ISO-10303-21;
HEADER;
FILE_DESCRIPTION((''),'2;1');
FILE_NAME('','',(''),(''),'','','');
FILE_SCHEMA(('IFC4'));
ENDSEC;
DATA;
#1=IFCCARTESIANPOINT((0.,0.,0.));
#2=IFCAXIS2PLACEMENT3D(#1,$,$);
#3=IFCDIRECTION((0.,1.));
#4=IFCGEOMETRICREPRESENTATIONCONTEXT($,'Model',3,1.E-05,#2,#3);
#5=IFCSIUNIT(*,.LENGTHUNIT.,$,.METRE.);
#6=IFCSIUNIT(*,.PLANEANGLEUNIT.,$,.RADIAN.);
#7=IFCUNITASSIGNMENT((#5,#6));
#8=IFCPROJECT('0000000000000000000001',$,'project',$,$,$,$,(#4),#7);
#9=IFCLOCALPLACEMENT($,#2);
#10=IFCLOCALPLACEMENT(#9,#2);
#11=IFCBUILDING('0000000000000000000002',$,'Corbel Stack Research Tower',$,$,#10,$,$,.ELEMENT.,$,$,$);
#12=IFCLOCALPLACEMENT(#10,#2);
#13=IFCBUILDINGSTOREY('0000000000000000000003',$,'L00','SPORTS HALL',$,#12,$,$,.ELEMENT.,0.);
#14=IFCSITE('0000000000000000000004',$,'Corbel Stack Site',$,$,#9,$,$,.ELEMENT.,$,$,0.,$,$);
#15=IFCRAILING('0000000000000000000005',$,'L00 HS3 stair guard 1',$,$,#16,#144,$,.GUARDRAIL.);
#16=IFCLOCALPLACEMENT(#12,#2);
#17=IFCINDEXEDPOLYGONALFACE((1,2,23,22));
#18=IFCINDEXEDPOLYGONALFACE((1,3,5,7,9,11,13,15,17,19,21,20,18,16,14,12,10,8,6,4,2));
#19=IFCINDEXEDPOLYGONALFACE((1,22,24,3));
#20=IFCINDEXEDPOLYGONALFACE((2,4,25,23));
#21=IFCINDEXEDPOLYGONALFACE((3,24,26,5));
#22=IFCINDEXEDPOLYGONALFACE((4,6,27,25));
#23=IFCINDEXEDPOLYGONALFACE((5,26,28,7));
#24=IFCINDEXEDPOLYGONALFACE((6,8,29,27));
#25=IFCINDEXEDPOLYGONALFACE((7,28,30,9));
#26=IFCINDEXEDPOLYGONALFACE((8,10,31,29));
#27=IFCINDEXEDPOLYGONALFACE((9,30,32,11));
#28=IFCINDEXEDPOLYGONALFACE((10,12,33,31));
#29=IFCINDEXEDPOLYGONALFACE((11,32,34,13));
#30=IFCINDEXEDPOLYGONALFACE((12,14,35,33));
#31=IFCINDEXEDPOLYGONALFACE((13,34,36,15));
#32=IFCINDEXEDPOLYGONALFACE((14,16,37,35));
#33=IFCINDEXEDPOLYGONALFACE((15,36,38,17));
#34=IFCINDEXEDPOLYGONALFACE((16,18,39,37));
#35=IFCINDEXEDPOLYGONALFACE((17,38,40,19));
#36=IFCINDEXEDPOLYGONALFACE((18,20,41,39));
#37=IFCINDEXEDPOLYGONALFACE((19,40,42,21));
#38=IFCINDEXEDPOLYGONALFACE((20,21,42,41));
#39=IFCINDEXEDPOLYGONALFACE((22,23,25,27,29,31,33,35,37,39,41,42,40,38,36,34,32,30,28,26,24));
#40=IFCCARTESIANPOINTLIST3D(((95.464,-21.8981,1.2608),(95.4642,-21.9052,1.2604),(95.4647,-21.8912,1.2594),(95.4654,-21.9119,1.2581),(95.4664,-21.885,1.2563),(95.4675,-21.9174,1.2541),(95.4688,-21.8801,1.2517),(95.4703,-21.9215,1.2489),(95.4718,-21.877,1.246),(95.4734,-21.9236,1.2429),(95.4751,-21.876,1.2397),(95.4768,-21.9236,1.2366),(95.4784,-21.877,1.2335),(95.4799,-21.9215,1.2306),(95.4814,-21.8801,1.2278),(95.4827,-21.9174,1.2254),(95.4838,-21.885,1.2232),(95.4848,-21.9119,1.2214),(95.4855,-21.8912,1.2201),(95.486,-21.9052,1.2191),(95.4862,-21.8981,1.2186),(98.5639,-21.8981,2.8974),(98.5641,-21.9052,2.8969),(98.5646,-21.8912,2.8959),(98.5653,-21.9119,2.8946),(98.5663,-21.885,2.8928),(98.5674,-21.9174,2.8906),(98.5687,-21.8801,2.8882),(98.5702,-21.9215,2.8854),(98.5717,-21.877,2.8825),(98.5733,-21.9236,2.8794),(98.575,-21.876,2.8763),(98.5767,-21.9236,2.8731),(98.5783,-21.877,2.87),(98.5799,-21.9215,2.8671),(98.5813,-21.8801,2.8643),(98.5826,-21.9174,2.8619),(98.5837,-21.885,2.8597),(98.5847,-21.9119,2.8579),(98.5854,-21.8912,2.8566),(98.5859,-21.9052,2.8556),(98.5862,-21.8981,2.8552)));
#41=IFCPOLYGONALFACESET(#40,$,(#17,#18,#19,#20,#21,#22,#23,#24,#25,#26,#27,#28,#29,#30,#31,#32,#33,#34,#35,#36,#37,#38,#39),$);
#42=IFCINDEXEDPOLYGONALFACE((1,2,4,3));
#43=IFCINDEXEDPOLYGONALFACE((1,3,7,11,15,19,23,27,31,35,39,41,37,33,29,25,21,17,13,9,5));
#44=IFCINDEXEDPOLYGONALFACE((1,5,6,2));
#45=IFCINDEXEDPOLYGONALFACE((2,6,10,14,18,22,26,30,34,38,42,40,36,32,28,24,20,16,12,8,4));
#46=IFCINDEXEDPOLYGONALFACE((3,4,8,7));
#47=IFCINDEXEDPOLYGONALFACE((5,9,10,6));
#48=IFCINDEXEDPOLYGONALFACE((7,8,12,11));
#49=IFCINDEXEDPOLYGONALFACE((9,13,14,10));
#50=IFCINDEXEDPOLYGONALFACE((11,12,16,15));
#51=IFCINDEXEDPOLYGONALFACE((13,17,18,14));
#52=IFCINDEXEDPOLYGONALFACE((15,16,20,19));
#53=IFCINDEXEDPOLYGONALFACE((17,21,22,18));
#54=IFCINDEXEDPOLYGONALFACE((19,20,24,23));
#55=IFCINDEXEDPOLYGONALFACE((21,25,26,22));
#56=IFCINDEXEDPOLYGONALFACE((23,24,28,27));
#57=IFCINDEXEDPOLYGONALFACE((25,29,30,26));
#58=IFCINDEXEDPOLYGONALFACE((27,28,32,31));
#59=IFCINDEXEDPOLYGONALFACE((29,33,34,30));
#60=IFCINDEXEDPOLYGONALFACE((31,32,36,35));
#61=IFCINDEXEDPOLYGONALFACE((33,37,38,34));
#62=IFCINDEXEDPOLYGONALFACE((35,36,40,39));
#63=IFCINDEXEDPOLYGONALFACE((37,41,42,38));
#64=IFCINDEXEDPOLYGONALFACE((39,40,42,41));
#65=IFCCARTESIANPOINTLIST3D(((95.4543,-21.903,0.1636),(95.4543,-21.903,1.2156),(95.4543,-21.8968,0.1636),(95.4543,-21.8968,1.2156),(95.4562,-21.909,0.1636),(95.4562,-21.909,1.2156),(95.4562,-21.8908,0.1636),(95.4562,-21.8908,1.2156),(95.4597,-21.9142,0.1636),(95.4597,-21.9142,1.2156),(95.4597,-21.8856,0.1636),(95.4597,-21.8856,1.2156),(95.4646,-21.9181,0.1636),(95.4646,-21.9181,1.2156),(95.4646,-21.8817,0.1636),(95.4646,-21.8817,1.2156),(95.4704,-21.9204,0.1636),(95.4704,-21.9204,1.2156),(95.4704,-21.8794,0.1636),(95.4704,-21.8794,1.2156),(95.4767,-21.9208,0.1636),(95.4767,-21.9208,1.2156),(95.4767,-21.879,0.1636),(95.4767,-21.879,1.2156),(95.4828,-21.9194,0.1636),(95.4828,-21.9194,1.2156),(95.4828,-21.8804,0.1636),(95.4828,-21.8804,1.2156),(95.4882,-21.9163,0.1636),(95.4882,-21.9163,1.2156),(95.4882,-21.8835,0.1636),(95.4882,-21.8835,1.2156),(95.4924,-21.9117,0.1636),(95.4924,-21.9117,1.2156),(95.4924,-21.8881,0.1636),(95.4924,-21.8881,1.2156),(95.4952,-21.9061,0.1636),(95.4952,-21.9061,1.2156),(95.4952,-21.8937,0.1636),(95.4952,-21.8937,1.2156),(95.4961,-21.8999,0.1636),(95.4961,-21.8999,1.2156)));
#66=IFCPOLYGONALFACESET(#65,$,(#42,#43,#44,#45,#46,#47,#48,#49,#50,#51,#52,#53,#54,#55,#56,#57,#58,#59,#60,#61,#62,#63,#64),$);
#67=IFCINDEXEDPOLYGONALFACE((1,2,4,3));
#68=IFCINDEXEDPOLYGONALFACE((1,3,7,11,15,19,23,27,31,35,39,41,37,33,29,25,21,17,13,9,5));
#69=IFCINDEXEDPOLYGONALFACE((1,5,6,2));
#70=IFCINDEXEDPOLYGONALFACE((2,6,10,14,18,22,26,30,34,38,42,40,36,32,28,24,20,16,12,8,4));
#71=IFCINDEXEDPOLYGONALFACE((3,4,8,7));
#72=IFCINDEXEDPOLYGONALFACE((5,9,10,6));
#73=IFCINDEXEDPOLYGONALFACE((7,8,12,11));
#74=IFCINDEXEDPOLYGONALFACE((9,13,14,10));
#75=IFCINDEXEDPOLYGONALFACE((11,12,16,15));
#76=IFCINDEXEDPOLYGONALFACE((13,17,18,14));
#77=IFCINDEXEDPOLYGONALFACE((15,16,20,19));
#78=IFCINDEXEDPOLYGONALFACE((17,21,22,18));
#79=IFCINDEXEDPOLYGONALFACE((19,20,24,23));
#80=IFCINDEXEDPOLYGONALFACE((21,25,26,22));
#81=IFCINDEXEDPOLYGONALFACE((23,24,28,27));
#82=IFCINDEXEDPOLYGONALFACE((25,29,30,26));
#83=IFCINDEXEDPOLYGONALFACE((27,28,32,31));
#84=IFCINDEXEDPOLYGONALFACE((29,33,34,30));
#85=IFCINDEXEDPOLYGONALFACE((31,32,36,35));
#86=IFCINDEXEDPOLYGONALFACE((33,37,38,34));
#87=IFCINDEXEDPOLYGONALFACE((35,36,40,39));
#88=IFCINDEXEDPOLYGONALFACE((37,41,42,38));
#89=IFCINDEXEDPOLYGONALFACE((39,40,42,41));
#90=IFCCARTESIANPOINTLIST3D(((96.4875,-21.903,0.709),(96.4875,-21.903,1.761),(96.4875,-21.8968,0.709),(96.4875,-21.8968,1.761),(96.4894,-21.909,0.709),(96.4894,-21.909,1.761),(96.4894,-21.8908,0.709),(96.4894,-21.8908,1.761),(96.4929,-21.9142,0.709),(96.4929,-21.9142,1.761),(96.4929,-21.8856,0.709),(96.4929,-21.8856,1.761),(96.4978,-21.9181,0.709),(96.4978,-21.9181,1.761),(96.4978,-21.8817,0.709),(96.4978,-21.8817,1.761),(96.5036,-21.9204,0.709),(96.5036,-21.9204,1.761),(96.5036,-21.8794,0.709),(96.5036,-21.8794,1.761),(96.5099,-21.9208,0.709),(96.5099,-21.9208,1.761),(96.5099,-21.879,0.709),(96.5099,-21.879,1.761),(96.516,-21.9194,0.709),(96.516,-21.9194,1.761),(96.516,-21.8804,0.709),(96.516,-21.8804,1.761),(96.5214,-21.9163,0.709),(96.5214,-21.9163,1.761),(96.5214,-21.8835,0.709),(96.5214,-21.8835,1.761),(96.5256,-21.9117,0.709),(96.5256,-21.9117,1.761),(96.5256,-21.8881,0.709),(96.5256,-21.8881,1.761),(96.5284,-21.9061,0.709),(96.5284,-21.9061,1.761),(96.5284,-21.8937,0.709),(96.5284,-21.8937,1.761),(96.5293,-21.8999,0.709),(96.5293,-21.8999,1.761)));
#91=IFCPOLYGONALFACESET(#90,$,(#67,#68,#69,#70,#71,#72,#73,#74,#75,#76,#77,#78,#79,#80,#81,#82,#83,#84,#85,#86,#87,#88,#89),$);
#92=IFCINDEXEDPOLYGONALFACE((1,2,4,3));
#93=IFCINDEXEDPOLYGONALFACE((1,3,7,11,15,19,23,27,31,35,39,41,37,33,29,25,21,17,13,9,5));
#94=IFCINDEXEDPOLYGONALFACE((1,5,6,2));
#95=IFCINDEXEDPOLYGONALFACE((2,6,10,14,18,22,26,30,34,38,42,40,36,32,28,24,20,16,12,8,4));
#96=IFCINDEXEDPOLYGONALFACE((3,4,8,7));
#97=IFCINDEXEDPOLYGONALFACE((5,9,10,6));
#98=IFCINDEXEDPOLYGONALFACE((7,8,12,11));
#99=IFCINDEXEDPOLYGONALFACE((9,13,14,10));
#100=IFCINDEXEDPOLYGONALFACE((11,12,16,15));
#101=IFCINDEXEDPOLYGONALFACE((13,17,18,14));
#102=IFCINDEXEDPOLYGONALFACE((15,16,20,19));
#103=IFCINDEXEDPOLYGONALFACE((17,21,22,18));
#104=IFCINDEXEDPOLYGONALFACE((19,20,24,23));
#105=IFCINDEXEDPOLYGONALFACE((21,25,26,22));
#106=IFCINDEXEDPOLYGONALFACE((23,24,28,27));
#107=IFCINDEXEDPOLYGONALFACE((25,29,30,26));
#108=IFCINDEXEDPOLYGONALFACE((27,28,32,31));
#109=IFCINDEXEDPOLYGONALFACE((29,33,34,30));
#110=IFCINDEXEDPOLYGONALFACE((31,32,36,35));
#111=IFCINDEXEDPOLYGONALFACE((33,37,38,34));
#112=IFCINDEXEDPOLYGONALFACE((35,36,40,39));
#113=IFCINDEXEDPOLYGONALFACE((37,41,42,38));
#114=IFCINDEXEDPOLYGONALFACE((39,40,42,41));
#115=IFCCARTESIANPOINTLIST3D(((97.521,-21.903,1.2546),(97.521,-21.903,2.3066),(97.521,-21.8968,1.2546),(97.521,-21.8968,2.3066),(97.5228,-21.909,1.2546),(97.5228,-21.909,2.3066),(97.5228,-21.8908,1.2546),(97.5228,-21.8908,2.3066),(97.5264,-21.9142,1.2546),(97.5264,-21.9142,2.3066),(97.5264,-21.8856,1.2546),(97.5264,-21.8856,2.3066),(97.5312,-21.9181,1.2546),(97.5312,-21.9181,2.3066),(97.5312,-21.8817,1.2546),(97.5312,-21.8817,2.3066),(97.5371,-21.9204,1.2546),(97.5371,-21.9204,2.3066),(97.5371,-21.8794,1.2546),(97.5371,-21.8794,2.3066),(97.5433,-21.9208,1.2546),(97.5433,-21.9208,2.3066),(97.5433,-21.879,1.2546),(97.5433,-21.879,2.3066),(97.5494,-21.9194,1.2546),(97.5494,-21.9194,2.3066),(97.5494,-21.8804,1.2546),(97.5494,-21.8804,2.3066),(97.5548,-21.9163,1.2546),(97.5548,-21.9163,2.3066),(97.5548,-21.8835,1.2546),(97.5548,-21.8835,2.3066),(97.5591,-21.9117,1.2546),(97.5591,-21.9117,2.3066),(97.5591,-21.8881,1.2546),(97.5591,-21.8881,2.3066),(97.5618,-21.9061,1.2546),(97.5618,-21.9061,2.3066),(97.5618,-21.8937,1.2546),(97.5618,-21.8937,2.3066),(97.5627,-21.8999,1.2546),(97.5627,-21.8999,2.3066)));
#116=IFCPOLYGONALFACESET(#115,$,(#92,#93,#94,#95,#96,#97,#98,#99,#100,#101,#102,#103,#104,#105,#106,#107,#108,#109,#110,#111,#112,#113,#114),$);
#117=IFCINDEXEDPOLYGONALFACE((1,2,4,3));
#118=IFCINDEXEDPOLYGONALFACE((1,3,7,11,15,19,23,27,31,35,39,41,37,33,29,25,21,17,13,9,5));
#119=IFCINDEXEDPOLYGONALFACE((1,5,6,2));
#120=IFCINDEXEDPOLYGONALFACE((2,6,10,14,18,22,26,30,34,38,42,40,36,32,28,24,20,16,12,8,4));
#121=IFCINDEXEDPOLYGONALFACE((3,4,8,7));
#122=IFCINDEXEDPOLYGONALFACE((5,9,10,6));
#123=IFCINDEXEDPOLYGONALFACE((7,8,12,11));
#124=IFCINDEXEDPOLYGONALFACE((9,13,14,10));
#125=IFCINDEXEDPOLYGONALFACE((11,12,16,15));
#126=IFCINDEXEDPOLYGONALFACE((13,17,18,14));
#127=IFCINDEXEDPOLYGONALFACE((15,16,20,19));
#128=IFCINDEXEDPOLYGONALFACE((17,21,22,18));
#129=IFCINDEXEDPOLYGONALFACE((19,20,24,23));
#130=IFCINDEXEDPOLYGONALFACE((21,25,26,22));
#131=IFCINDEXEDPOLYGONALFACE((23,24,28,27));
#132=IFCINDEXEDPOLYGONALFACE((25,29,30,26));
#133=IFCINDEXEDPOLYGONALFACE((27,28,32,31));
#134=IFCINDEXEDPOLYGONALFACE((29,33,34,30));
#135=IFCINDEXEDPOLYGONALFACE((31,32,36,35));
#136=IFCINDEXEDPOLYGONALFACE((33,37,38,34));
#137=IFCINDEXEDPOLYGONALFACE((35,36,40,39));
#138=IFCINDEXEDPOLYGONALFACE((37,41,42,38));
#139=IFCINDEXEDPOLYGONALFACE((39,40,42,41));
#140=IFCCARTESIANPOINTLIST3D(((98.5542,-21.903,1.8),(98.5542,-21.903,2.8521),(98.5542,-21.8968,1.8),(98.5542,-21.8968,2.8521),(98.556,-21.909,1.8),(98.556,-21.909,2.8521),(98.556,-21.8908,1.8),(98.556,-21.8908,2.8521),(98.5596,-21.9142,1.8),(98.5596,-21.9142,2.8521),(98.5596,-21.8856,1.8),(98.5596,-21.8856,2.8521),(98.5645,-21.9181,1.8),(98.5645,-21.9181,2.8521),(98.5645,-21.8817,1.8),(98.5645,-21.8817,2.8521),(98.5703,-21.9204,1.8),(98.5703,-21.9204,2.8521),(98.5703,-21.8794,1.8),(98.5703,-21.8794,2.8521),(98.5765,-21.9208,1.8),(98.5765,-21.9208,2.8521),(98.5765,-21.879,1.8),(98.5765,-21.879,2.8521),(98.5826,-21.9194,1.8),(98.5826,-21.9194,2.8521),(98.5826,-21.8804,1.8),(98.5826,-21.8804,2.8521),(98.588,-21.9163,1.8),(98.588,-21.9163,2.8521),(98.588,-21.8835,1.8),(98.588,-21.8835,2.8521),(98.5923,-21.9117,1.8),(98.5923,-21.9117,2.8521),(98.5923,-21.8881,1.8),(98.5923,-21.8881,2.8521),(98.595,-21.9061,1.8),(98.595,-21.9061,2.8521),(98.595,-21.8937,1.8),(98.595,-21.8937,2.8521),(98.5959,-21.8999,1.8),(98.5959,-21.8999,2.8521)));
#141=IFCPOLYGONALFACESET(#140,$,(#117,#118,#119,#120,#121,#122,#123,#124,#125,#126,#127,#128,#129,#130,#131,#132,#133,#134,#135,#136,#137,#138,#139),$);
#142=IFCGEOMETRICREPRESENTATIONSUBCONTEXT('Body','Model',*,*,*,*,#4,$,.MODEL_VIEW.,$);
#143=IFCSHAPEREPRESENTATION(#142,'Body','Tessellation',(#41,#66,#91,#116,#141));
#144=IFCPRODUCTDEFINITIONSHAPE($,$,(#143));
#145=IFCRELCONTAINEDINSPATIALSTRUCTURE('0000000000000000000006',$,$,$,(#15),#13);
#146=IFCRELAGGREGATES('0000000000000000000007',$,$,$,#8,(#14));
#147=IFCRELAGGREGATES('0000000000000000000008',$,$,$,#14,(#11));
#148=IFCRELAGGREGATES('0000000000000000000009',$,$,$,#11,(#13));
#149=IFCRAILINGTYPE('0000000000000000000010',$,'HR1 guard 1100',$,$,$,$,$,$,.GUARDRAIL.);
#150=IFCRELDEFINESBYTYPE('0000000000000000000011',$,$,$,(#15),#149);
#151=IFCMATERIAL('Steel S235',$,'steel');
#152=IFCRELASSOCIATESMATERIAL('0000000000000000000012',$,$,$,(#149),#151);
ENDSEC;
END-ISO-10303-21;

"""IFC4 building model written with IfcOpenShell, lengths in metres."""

from ifc_helpers import new_model, si_unit, direction, frame, origin, origin_2d, place, context, subcontext, project, spatial, circle, extrude, material, type_object, element, save


model = new_model("IFC4")

# Units and contexts
model_context = context("Model", 3, precision=1e-05, world=origin(), true_north=direction((0.0, 1.0)))
body_context = subcontext(model_context, "Body", "Model", "MODEL_VIEW")
ifc_project = project(units=[si_unit("LENGTHUNIT", "METRE"), si_unit("PLANEANGLEUNIT", "RADIAN")], contexts=[model_context])

# Site, building, storey
site_placement = place(None, origin())
site = spatial("IfcSite", under=ifc_project, at=site_placement, Name="Corbel Stack Site", CompositionType="ELEMENT", RefElevation=0.0)
building_placement = place(site_placement, origin())
building = spatial("IfcBuilding", under=site, at=building_placement, Name="Corbel Stack Research Tower", CompositionType="ELEMENT")
storey_placement = place(building_placement, origin())
storey = spatial("IfcBuildingStorey", under=building, at=storey_placement, Name="L00", Description="SPORTS HALL", CompositionType="ELEMENT", Elevation=0.0)

# Railing
ifc_material_1 = material(Name="Steel S235", Category="steel")
railing_type_1 = type_object("IfcRailingType", Name="HR1 guard 1100", PredefinedType="GUARDRAIL", material=ifc_material_1)
railing_1_placement = place(storey_placement, frame((95.4751, -21.8999, 0.1636)))
element("IfcRailing", 1, at=railing_1_placement, inside=storey, type_object=railing_type_1, Name="L00 HS3 stair guard 1", PredefinedType="GUARDRAIL", context=body_context, shape_type="SweptSolid", body=[
    extrude(circle(Radius=0.0239, at=origin_2d()), frame((0.0, 0.0, 1.0762), z_axis=(0.884333, 0.0, 0.466857), x_axis=(0.0, 1.0, 0.0)), (0.0, 0.0, 1.0), 3.5054),
    extrude(circle(Radius=0.021, at=origin_2d()), origin(), (0.0, 0.0, 1.0), 1.052),
    extrude(circle(Radius=0.021, at=origin_2d()), frame((1.0332, 0.0, 0.5454)), (0.0, 0.0, 1.0), 1.052),
    extrude(circle(Radius=0.021, at=origin_2d()), frame((2.0667, 0.0, 1.0911)), (0.0, 0.0, 1.0), 1.052),
    extrude(circle(Radius=0.021, at=origin_2d()), frame((3.0999, 0.0, 1.6365)), (0.0, 0.0, 1.0), 1.052),
])

save(model, "model.ifc")
